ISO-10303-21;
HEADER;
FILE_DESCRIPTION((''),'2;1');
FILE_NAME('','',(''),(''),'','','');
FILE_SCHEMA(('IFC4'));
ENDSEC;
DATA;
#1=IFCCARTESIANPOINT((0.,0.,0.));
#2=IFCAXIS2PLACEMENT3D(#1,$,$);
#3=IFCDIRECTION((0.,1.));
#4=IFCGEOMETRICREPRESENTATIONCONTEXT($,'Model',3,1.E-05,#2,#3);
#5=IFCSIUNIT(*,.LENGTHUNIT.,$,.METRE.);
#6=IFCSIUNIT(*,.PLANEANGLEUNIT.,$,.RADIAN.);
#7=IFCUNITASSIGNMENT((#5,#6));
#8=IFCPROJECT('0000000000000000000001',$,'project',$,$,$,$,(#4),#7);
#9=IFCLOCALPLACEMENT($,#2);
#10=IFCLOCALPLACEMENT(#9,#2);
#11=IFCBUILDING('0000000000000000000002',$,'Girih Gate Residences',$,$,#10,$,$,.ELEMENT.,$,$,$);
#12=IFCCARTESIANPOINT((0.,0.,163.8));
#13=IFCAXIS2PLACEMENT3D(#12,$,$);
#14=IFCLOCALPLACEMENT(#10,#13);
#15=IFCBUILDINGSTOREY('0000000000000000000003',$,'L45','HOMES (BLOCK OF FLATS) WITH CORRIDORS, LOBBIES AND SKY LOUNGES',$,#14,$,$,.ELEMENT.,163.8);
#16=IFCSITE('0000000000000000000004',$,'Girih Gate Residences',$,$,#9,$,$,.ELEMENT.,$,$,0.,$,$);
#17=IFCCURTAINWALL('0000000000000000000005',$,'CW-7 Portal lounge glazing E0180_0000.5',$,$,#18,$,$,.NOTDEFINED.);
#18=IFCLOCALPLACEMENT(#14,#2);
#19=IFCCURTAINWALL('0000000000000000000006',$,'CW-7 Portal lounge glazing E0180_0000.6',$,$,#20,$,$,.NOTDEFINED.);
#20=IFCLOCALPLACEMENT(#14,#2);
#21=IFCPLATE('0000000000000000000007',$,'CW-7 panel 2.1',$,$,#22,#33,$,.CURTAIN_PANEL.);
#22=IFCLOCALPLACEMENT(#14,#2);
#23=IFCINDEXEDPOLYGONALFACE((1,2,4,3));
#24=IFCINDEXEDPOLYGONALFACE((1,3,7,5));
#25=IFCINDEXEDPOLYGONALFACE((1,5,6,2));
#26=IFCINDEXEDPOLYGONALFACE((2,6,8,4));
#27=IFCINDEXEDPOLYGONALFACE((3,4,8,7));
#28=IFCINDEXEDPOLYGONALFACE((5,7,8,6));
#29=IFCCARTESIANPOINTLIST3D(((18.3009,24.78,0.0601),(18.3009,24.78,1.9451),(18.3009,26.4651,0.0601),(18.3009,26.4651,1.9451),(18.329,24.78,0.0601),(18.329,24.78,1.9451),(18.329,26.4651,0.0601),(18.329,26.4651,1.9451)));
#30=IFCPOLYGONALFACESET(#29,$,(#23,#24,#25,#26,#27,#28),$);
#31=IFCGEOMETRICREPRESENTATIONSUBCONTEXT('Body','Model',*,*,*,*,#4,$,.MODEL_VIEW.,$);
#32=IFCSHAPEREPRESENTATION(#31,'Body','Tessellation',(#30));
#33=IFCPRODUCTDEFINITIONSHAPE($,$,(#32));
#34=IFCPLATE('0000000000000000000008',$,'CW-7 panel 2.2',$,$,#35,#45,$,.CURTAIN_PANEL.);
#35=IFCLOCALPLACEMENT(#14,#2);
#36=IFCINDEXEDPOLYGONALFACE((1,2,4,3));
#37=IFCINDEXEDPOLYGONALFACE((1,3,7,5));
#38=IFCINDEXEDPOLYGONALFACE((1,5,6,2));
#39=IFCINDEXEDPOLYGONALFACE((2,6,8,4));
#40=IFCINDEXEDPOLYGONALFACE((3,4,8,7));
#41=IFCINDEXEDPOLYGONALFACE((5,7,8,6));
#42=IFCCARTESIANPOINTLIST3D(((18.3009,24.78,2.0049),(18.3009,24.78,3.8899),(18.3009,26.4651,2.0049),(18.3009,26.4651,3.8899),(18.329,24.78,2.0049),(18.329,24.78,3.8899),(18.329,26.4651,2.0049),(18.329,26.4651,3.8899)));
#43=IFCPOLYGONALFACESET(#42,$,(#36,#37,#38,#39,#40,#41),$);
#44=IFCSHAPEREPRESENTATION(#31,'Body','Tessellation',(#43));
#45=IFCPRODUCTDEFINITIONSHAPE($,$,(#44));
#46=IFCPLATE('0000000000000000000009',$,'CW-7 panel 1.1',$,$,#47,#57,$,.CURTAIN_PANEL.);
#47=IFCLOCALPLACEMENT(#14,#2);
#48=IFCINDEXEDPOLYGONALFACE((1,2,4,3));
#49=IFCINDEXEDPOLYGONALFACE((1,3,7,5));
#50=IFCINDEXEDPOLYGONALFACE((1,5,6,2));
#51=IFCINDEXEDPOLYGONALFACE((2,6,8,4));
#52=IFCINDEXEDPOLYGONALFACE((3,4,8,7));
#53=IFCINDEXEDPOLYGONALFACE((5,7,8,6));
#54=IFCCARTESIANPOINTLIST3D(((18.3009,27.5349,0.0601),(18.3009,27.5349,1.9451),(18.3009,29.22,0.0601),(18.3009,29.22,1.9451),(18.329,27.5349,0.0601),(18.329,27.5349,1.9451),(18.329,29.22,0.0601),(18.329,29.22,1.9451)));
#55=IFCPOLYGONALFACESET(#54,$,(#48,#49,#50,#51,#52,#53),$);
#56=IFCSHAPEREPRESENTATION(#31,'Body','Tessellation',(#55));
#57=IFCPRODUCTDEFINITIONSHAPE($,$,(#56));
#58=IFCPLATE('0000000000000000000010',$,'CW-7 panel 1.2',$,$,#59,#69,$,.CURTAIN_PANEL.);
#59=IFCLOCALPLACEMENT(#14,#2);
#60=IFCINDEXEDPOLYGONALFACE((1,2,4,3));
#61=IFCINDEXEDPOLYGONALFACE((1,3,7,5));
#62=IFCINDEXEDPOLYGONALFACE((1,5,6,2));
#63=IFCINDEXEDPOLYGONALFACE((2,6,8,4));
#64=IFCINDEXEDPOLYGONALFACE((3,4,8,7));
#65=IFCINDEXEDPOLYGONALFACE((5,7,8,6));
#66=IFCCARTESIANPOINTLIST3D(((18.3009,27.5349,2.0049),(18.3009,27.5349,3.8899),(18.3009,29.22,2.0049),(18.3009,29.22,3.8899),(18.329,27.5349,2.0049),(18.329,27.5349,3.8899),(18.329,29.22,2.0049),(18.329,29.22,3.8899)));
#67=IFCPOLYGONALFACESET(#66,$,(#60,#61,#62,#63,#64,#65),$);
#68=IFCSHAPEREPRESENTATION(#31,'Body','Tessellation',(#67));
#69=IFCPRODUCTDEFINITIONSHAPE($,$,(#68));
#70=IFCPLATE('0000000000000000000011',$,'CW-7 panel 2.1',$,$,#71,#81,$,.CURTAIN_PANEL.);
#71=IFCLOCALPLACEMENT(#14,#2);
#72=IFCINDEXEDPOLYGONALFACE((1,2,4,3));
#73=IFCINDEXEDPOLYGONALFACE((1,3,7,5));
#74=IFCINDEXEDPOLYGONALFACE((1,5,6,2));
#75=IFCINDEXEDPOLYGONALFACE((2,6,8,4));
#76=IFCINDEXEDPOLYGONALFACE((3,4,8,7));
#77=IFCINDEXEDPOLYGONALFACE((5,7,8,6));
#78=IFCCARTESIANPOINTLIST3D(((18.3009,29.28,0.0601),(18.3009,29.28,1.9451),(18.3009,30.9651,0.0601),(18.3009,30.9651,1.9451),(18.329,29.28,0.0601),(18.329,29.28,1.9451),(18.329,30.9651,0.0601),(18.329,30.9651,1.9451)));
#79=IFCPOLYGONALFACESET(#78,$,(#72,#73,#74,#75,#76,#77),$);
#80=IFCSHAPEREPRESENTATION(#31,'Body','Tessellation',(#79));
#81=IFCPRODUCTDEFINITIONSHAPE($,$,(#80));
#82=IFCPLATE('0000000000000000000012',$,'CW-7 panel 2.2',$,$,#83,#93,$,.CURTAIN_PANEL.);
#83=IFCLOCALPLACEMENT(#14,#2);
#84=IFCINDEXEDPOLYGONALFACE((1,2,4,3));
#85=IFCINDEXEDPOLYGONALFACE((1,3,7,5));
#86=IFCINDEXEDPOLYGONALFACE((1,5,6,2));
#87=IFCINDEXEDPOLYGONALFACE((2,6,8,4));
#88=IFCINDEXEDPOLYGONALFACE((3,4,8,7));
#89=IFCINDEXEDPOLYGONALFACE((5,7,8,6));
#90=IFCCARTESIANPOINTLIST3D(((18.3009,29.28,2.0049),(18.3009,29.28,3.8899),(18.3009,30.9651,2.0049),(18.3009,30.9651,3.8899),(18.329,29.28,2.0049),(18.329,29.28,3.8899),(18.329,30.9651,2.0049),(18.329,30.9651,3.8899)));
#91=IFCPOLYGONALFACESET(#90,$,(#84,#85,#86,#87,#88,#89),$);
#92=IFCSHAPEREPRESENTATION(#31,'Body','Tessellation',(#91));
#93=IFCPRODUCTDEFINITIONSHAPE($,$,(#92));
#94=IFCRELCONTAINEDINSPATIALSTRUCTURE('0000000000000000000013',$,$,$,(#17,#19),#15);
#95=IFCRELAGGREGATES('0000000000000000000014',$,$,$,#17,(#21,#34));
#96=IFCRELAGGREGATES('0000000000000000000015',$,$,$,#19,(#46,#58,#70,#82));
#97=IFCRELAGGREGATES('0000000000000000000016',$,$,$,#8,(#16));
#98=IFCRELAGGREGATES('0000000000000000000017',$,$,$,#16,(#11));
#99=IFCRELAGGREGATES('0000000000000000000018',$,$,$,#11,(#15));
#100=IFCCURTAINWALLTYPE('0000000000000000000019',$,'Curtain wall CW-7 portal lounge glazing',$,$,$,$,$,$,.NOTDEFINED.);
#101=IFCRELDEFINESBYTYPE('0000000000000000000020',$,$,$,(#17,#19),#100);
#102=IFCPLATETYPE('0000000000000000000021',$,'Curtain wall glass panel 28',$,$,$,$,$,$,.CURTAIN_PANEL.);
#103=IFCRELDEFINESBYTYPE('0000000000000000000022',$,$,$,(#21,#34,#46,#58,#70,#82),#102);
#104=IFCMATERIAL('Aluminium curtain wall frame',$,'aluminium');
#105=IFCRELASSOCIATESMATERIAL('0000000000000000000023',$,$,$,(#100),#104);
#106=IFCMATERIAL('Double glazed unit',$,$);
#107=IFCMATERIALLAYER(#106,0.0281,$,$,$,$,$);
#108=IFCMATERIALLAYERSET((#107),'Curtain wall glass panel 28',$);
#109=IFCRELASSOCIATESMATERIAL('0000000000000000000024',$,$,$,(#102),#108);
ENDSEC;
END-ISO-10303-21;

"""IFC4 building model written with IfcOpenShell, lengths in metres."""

from ifc_helpers import new_model, si_unit, direction, frame, origin, origin_2d, place, context, subcontext, project, spatial, rectangle, extrude, material, layer, layer_set, type_object, element, aggregate, save


model = new_model("IFC4")

# Units and contexts
model_context = context("Model", 3, precision=1e-05, world=origin(), true_north=direction((0.0, 1.0)))
body_context = subcontext(model_context, "Body", "Model", "MODEL_VIEW")
ifc_project = project(units=[si_unit("LENGTHUNIT", "METRE"), si_unit("PLANEANGLEUNIT", "RADIAN")], contexts=[model_context])

# Site, building, storey
site_placement = place(None, origin())
site = spatial("IfcSite", under=ifc_project, at=site_placement, Name="Girih Gate Residences", CompositionType="ELEMENT", RefElevation=0.0)
building_placement = place(site_placement, origin())
building = spatial("IfcBuilding", under=site, at=building_placement, Name="Girih Gate Residences", CompositionType="ELEMENT")
storey_placement = place(building_placement, frame((0.0, 0.0, 163.8)))
storey = spatial("IfcBuildingStorey", under=building, at=storey_placement, Name="L45", Description="HOMES (BLOCK OF FLATS) WITH CORRIDORS, LOBBIES AND SKY LOUNGES", CompositionType="ELEMENT", Elevation=163.8)

# Curtain wall
ifc_material_1 = material(Name="Aluminium curtain wall frame", Category="aluminium")
curtain_wall_type = type_object("IfcCurtainWallType", Name="Curtain wall CW-7 portal lounge glazing", PredefinedType="NOTDEFINED", material=ifc_material_1)
curtain_wall_1_placement = place(storey_placement, origin())
curtain_wall_1 = element("IfcCurtainWall", 1, at=curtain_wall_1_placement, inside=storey, type_object=curtain_wall_type, Name="CW-7 Portal lounge glazing E0180_0000.5", PredefinedType="NOTDEFINED")

# Curtain wall
curtain_wall_2_placement = place(storey_placement, origin())
curtain_wall_2 = element("IfcCurtainWall", 2, at=curtain_wall_2_placement, inside=storey, type_object=curtain_wall_type, Name="CW-7 Portal lounge glazing E0180_0000.6", PredefinedType="NOTDEFINED")

# Plates
ifc_material_2 = material(Name="Double glazed unit")
ifc_layer = layer(ifc_material_2, 0.0281)
ifc_layer_set = layer_set([ifc_layer], Name="Curtain wall glass panel 28")
plate_type = type_object("IfcPlateType", Name="Curtain wall glass panel 28", PredefinedType="CURTAIN_PANEL", material=ifc_layer_set)
plate_1_placement = place(storey_placement, frame((18.3149, 25.6226, 0.0601), z_axis=(0.0, 0.0, 1.0), x_axis=(0.0, 1.0, 0.0)))
plate_1 = element("IfcPlate", 3, at=plate_1_placement, type_object=plate_type, Name="CW-7 panel 2.1", PredefinedType="CURTAIN_PANEL", context=body_context, shape_type="SweptSolid", body=[
    extrude(rectangle(XDim=1.6851, YDim=0.0281, at=origin_2d()), origin(), (0.0, 0.0, 1.0), 1.885),
])
plate_2_placement = place(storey_placement, frame((18.3149, 25.6226, 2.0049), z_axis=(0.0, 0.0, 1.0), x_axis=(0.0, 1.0, 0.0)))
plate_2 = element("IfcPlate", 4, at=plate_2_placement, type_object=plate_type, Name="CW-7 panel 2.2", PredefinedType="CURTAIN_PANEL", context=body_context, shape_type="SweptSolid", body=[
    extrude(rectangle(XDim=1.6851, YDim=0.0281, at=origin_2d()), origin(), (0.0, 0.0, 1.0), 1.885),
])
aggregate(curtain_wall_1, [plate_1, plate_2])
plate_3_placement = place(storey_placement, frame((18.3149, 28.3774, 0.0601), z_axis=(0.0, 0.0, 1.0), x_axis=(0.0, 1.0, 0.0)))
plate_3 = element("IfcPlate", 5, at=plate_3_placement, type_object=plate_type, Name="CW-7 panel 1.1", PredefinedType="CURTAIN_PANEL", context=body_context, shape_type="SweptSolid", body=[
    extrude(rectangle(XDim=1.6851, YDim=0.0281, at=origin_2d()), origin(), (0.0, 0.0, 1.0), 1.885),
])
plate_4_placement = place(storey_placement, frame((18.3149, 28.3774, 2.0049), z_axis=(0.0, 0.0, 1.0), x_axis=(0.0, 1.0, 0.0)))
plate_4 = element("IfcPlate", 6, at=plate_4_placement, type_object=plate_type, Name="CW-7 panel 1.2", PredefinedType="CURTAIN_PANEL", context=body_context, shape_type="SweptSolid", body=[
    extrude(rectangle(XDim=1.6851, YDim=0.0281, at=origin_2d()), origin(), (0.0, 0.0, 1.0), 1.885),
])
plate_5_placement = place(storey_placement, frame((18.3149, 30.1226, 0.0601), z_axis=(0.0, 0.0, 1.0), x_axis=(0.0, 1.0, 0.0)))
plate_5 = element("IfcPlate", 7, at=plate_5_placement, type_object=plate_type, Name="CW-7 panel 2.1", PredefinedType="CURTAIN_PANEL", context=body_context, shape_type="SweptSolid", body=[
    extrude(rectangle(XDim=1.6851, YDim=0.0281, at=origin_2d()), origin(), (0.0, 0.0, 1.0), 1.885),
])
plate_6_placement = place(storey_placement, frame((18.3149, 30.1226, 2.0049), z_axis=(0.0, 0.0, 1.0), x_axis=(0.0, 1.0, 0.0)))
plate_6 = element("IfcPlate", 8, at=plate_6_placement, type_object=plate_type, Name="CW-7 panel 2.2", PredefinedType="CURTAIN_PANEL", context=body_context, shape_type="SweptSolid", body=[
    extrude(rectangle(XDim=1.6851, YDim=0.0281, at=origin_2d()), origin(), (0.0, 0.0, 1.0), 1.885),
])
aggregate(curtain_wall_2, [plate_3, plate_4, plate_5, plate_6])

save(model, "model.ifc")
